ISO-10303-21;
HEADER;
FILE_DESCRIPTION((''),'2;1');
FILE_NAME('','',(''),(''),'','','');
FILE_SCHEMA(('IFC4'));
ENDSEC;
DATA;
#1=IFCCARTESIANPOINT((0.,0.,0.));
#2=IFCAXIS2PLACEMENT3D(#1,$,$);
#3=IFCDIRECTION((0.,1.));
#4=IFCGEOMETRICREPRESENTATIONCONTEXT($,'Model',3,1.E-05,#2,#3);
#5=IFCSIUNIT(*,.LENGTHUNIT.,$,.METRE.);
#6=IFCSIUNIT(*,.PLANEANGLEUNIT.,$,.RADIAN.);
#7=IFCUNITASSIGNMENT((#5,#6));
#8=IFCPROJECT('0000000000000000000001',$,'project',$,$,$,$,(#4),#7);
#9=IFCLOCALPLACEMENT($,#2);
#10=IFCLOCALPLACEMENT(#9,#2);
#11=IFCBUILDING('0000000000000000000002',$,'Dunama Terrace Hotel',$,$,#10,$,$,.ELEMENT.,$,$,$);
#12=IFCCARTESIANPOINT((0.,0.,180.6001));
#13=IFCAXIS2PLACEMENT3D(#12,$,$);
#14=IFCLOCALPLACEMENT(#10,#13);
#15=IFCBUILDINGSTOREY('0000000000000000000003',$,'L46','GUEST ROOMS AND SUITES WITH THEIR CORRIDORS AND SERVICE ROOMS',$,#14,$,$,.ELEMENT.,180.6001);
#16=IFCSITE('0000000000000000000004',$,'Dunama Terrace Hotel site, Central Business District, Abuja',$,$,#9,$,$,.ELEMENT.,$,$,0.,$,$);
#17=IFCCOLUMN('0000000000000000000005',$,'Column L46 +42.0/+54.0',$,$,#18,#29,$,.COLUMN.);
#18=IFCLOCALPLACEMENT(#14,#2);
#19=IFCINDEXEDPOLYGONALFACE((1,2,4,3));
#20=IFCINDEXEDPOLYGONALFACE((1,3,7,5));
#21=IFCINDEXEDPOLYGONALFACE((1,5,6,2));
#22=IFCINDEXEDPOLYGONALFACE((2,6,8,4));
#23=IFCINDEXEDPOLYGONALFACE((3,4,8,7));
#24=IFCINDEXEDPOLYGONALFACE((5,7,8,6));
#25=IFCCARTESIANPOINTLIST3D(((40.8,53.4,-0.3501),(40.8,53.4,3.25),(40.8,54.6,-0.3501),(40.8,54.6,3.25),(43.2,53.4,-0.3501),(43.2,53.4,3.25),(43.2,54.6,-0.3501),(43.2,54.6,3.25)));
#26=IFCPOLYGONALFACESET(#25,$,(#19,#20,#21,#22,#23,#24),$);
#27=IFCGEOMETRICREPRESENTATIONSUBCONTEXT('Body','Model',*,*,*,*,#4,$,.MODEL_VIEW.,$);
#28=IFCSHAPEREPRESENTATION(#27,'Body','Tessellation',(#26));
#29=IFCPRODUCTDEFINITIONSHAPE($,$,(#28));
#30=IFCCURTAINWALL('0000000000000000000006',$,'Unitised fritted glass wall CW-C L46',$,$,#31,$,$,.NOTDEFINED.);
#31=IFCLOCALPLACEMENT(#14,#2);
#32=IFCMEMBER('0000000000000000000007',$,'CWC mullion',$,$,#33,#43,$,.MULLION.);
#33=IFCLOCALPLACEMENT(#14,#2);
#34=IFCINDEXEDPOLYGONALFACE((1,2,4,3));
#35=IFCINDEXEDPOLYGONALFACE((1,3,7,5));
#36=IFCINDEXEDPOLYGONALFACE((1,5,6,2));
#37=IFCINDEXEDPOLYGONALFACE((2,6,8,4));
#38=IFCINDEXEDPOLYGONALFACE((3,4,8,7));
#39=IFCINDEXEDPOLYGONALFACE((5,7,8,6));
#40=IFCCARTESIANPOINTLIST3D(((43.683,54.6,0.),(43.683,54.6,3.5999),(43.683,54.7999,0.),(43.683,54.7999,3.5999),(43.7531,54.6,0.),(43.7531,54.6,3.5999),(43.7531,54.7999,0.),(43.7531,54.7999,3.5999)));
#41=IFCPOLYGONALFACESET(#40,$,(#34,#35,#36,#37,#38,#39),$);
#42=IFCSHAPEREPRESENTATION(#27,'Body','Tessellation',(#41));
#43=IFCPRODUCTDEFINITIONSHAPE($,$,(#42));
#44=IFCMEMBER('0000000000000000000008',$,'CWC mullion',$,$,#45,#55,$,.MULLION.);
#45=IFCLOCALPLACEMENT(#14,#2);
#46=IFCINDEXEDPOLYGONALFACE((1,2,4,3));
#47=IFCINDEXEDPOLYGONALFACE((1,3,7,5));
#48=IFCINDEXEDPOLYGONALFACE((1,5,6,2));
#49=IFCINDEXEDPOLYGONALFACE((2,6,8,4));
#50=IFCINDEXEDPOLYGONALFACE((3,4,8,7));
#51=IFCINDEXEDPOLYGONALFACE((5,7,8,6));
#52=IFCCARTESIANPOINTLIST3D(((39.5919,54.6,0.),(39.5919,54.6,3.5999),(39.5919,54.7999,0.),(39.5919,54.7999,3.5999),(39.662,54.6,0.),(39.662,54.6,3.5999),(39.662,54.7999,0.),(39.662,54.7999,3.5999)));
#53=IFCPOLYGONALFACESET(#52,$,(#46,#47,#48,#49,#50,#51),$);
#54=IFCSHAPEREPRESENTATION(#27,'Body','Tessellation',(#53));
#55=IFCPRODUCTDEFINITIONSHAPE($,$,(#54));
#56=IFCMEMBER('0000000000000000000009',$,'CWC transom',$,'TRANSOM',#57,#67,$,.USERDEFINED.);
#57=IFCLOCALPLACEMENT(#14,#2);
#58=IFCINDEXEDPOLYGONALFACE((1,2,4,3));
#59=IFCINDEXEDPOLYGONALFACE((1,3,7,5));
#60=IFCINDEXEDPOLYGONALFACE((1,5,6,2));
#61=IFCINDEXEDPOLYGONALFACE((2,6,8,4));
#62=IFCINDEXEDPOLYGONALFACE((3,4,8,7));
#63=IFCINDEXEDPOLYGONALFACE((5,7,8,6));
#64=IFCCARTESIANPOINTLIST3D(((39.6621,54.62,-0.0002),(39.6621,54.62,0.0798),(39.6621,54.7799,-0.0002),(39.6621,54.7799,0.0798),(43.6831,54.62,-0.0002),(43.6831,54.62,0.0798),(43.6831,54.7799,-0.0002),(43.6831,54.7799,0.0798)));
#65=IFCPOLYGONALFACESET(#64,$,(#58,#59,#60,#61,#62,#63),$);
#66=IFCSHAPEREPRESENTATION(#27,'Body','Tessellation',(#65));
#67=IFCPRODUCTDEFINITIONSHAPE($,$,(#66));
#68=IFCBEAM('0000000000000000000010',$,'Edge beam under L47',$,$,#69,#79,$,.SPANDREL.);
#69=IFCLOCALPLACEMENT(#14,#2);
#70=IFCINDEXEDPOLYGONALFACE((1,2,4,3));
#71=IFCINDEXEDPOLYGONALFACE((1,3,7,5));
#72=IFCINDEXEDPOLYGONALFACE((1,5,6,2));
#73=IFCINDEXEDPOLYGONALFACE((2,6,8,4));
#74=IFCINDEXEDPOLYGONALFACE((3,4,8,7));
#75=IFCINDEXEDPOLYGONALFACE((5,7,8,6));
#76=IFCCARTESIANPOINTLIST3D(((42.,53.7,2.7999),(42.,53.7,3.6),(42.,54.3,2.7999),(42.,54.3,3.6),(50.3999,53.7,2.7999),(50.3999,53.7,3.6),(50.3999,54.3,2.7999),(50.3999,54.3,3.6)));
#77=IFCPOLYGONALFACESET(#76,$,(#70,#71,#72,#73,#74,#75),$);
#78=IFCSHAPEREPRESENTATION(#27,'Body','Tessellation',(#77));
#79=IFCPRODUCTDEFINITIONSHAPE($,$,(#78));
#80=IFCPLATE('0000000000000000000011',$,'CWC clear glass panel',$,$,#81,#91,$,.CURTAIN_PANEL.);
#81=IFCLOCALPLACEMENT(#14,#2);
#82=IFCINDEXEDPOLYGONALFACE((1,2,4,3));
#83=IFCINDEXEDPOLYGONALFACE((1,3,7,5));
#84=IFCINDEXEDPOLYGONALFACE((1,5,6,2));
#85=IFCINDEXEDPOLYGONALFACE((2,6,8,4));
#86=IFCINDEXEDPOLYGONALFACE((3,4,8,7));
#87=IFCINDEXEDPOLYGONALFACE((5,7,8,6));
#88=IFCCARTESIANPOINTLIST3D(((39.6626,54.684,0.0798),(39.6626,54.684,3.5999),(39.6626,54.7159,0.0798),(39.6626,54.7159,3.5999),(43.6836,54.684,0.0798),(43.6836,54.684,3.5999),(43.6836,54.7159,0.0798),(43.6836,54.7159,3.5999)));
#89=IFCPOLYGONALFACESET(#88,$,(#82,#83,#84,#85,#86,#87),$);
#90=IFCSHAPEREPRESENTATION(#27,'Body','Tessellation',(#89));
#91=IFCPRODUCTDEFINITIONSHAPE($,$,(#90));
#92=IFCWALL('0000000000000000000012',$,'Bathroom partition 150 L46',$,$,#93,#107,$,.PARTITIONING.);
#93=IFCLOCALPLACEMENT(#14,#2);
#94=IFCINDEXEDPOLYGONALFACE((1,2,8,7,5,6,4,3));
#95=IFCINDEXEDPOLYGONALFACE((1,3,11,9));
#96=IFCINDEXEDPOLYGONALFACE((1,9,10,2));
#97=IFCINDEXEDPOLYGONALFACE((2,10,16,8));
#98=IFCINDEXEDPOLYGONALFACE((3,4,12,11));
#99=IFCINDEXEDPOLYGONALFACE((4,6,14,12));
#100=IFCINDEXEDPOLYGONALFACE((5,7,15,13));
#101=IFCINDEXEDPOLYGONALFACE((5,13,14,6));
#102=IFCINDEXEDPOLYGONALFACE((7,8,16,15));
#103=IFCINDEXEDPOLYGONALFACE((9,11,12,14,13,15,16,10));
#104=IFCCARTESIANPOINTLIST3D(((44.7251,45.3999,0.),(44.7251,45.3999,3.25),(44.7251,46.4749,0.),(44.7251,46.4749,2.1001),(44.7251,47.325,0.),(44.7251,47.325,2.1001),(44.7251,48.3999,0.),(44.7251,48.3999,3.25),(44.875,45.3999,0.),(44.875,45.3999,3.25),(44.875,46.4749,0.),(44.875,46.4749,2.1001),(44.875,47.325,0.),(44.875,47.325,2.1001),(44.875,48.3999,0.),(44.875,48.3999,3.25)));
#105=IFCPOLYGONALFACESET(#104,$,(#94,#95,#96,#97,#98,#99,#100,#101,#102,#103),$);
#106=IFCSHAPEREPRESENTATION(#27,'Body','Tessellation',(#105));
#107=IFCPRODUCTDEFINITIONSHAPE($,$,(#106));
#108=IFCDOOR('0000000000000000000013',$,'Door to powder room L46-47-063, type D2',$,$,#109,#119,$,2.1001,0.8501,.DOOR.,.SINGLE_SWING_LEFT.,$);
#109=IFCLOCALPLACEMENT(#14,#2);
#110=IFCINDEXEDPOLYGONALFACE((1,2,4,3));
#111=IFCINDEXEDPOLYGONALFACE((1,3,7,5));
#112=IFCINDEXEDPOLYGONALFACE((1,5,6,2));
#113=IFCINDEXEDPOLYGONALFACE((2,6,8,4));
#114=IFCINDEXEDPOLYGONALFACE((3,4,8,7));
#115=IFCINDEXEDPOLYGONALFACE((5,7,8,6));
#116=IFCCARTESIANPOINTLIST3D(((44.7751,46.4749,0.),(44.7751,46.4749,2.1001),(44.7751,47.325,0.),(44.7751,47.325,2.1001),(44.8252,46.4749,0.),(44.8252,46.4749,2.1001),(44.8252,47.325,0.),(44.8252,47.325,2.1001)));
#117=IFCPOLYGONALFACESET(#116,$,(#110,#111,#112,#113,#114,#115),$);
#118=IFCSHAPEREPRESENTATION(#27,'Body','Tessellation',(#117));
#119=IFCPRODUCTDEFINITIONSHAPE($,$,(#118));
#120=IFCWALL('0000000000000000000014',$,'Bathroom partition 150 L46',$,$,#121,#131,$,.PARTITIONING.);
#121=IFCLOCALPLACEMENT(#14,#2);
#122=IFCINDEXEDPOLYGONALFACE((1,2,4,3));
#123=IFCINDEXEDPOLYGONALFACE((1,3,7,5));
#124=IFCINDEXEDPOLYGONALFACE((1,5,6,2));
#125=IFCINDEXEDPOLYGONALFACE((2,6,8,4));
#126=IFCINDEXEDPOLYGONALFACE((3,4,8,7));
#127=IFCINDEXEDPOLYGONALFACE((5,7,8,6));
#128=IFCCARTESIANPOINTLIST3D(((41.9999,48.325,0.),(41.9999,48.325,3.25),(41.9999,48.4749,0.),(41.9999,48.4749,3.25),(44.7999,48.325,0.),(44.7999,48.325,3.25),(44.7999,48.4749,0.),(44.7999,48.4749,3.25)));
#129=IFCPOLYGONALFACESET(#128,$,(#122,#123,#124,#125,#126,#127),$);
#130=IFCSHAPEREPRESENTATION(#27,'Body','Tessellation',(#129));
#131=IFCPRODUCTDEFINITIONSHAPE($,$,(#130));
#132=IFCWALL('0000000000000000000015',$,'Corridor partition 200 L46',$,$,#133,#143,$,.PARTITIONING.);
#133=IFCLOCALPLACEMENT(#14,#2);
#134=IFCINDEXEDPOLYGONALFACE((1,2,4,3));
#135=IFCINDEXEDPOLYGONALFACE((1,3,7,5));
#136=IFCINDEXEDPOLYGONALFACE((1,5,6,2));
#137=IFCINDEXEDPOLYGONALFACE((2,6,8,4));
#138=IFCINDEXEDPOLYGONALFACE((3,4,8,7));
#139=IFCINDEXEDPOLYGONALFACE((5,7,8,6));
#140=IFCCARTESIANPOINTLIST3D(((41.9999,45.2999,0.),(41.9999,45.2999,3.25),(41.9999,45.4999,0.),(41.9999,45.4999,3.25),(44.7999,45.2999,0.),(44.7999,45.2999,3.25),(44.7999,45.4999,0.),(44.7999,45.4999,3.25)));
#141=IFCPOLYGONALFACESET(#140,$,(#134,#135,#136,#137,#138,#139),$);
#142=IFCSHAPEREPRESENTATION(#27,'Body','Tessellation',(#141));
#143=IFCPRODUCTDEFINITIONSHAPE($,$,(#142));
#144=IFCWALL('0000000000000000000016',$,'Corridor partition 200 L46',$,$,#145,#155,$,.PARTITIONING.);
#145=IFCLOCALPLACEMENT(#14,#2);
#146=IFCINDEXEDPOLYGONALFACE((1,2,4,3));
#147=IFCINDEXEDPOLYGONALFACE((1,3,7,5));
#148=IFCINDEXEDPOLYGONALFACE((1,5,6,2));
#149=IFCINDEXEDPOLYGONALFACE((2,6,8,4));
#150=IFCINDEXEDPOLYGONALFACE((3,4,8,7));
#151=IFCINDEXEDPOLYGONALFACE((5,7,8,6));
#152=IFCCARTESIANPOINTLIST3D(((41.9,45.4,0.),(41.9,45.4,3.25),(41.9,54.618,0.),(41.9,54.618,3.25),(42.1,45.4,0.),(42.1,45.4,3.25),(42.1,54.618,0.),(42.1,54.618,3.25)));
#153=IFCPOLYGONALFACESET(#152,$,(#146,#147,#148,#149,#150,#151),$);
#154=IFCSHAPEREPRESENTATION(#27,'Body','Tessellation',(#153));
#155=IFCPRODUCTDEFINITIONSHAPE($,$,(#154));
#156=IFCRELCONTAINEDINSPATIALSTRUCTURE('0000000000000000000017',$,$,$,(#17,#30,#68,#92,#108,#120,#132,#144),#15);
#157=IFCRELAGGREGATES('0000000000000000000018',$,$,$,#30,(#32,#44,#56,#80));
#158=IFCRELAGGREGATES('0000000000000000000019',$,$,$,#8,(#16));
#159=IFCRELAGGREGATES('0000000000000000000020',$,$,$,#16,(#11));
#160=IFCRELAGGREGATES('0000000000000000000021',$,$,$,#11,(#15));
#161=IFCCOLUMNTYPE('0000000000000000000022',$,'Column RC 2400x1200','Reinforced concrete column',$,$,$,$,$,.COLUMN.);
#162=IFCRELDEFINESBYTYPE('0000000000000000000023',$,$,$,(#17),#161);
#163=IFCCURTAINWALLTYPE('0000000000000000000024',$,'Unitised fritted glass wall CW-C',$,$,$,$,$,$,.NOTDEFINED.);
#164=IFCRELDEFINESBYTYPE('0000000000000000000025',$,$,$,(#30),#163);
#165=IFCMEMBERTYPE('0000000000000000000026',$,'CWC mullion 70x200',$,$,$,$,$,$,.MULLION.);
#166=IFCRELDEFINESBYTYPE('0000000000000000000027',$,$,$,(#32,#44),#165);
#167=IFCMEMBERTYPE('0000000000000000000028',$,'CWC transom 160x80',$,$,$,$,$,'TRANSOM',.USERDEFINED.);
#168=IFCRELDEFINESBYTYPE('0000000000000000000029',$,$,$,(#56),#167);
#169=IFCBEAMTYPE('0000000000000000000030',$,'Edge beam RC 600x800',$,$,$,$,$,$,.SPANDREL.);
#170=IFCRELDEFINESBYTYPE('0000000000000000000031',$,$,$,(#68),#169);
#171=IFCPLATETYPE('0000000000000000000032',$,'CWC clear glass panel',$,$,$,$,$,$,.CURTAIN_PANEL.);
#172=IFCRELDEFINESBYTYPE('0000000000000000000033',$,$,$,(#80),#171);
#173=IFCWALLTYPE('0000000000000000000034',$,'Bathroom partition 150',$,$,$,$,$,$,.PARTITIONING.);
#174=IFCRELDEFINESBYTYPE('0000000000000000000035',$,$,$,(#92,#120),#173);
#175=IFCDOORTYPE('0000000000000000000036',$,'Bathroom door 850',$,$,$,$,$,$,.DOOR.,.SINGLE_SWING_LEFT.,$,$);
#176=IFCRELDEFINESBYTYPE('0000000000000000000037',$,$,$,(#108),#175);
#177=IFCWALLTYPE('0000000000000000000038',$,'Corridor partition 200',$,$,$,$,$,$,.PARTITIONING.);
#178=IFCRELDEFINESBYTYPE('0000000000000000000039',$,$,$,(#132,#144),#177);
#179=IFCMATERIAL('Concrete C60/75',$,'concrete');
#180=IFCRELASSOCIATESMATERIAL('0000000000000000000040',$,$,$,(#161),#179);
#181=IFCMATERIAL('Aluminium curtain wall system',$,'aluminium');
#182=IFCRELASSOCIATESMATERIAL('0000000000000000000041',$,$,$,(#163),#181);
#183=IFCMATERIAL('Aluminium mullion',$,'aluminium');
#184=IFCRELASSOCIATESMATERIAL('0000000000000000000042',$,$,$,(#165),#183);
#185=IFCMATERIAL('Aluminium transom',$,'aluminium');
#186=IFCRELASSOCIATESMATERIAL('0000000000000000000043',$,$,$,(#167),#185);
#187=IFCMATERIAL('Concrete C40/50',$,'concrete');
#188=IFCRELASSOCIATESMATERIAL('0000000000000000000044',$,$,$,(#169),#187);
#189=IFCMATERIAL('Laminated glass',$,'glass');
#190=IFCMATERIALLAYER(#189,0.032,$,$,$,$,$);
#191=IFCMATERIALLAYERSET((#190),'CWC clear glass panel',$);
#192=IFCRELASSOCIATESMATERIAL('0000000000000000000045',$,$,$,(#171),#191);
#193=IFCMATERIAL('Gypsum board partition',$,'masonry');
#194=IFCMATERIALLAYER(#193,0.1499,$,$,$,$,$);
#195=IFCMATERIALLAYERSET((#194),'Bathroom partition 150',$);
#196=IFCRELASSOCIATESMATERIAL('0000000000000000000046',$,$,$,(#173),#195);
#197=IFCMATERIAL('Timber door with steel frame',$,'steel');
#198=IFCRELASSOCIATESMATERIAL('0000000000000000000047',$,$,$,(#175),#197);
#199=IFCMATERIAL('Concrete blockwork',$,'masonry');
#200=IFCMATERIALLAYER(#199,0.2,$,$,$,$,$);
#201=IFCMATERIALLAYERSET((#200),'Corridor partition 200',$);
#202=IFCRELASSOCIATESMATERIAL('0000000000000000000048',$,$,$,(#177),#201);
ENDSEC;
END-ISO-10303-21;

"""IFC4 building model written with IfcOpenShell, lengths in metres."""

from ifc_helpers import new_model, si_unit, direction, frame, frame_2d, origin, origin_2d, place, context, subcontext, project, spatial, rectangle, extrude, material, layer, layer_set, material_profile, profile_set, type_object, element, fill, aggregate, save


model = new_model("IFC4")

# Units and contexts
model_context = context("Model", 3, precision=1e-05, world=origin(), true_north=direction((0.0, 1.0)))
body_context = subcontext(model_context, "Body", "Model", "MODEL_VIEW")
ifc_project = project(units=[si_unit("LENGTHUNIT", "METRE"), si_unit("PLANEANGLEUNIT", "RADIAN")], contexts=[model_context])

# Site, building, storey
site_placement = place(None, origin())
site = spatial("IfcSite", under=ifc_project, at=site_placement, Name="Dunama Terrace Hotel site, Central Business District, Abuja", CompositionType="ELEMENT", RefElevation=0.0)
building_placement = place(site_placement, origin())
building = spatial("IfcBuilding", under=site, at=building_placement, Name="Dunama Terrace Hotel", CompositionType="ELEMENT")
storey_placement = place(building_placement, frame((0.0, 0.0, 180.6001)))
storey = spatial("IfcBuildingStorey", under=building, at=storey_placement, Name="L46", Description="GUEST ROOMS AND SUITES WITH THEIR CORRIDORS AND SERVICE ROOMS", CompositionType="ELEMENT", Elevation=180.6001)

# Column
ifc_material_1 = material(Name="Concrete C60/75", Category="concrete")
ifc_material_profile_1 = material_profile(ifc_material_1, rectangle(XDim=2.3999, YDim=1.2, at=origin_2d()), Name="RC 2400x1200")
ifc_profile_set_1 = profile_set([ifc_material_profile_1], Name="Concrete C60/75")
column_type = type_object("IfcColumnType", Name="Column RC 2400x1200", Description="Reinforced concrete column", PredefinedType="COLUMN", material=ifc_profile_set_1)
column_placement = place(storey_placement, frame((42.0, 54.0, -0.3501), z_axis=(0.0, 0.0, 1.0), x_axis=(1.0, 0.0, 0.0)))
element("IfcColumn", 1, at=column_placement, inside=storey, type_object=column_type, Name="Column L46 +42.0/+54.0", PredefinedType="COLUMN", context=body_context, shape_type="SweptSolid", body=[
    extrude(rectangle(XDim=2.3999, YDim=1.2, at=origin_2d()), origin(), (0.0, 0.0, 1.0), 3.6001),
])

# Curtain wall, members
ifc_material_2 = material(Name="Aluminium curtain wall system", Category="aluminium")
curtain_wall_type = type_object("IfcCurtainWallType", Name="Unitised fritted glass wall CW-C", PredefinedType="NOTDEFINED", material=ifc_material_2)
curtain_wall_placement = place(storey_placement, origin())
curtain_wall = element("IfcCurtainWall", 2, at=curtain_wall_placement, inside=storey, type_object=curtain_wall_type, Name="Unitised fritted glass wall CW-C L46", PredefinedType="NOTDEFINED")
ifc_material_3 = material(Name="Aluminium mullion", Category="aluminium")
ifc_material_profile_2 = material_profile(ifc_material_3, rectangle(XDim=0.0701, YDim=0.2, at=origin_2d()), Name="CWC MULLION 70X200")
ifc_profile_set_2 = profile_set([ifc_material_profile_2], Name="Aluminium mullion")
member_type_1 = type_object("IfcMemberType", Name="CWC mullion 70x200", PredefinedType="MULLION", material=ifc_profile_set_2)
member_1_placement = place(storey_placement, frame((43.718, 54.7, 0.0), z_axis=(0.0, 0.0, 1.0), x_axis=(-1.0, 0.0, 0.0)))
member_1 = element("IfcMember", 3, at=member_1_placement, type_object=member_type_1, Name="CWC mullion", PredefinedType="MULLION", context=body_context, shape_type="SweptSolid", body=[
    extrude(rectangle(XDim=0.0701, YDim=0.2, at=origin_2d()), origin(), (0.0, 0.0, 1.0), 3.5999),
])
member_2_placement = place(storey_placement, frame((39.627, 54.7, 0.0), z_axis=(0.0, 0.0, 1.0), x_axis=(-1.0, 0.0, 0.0)))
member_2 = element("IfcMember", 4, at=member_2_placement, type_object=member_type_1, Name="CWC mullion", PredefinedType="MULLION", context=body_context, shape_type="SweptSolid", body=[
    extrude(rectangle(XDim=0.0701, YDim=0.2, at=origin_2d()), origin(), (0.0, 0.0, 1.0), 3.5999),
])
ifc_material_4 = material(Name="Aluminium transom", Category="aluminium")
ifc_material_profile_3 = material_profile(ifc_material_4, rectangle(XDim=0.1599, YDim=0.0801, at=origin_2d()), Name="CWC TRANSOM 160X80")
ifc_profile_set_3 = profile_set([ifc_material_profile_3], Name="Aluminium transom")
member_type_2 = type_object("IfcMemberType", Name="CWC transom 160x80", ElementType="TRANSOM", PredefinedType="USERDEFINED", material=ifc_profile_set_3)
member_3_placement = place(storey_placement, frame((43.6831, 54.7, 0.0398), z_axis=(-1.0, 0.0, 0.0), x_axis=(0.0, -1.0, 0.0)))
member_3 = element("IfcMember", 5, at=member_3_placement, type_object=member_type_2, Name="CWC transom", ObjectType="TRANSOM", PredefinedType="USERDEFINED", context=body_context, shape_type="SweptSolid", body=[
    extrude(rectangle(XDim=0.1599, YDim=0.0801, at=origin_2d()), origin(), (0.0, 0.0, 1.0), 4.021),
])

# Beam
ifc_material_5 = material(Name="Concrete C40/50", Category="concrete")
ifc_material_profile_4 = material_profile(ifc_material_5, rectangle(XDim=0.6001, YDim=0.8, at=origin_2d()), Name="RC 600x800")
ifc_profile_set_4 = profile_set([ifc_material_profile_4], Name="Concrete C40/50")
beam_type = type_object("IfcBeamType", Name="Edge beam RC 600x800", PredefinedType="SPANDREL", material=ifc_profile_set_4)
beam_placement = place(storey_placement, frame((42.0, 54.0, 3.2), z_axis=(1.0, 0.0, 0.0), x_axis=(0.0, 1.0, 0.0)))
element("IfcBeam", 6, at=beam_placement, inside=storey, type_object=beam_type, Name="Edge beam under L47", PredefinedType="SPANDREL", context=body_context, shape_type="SweptSolid", body=[
    extrude(rectangle(XDim=0.6001, YDim=0.8, at=origin_2d()), origin(), (0.0, 0.0, 1.0), 8.3999),
])

# Plate
ifc_material_6 = material(Name="Laminated glass", Category="glass")
ifc_layer_1 = layer(ifc_material_6, 0.032)
ifc_layer_set_1 = layer_set([ifc_layer_1], Name="CWC clear glass panel")
plate_type = type_object("IfcPlateType", Name="CWC clear glass panel", PredefinedType="CURTAIN_PANEL", material=ifc_layer_set_1)
plate_placement = place(storey_placement, frame((41.6731, 54.7, 0.0798), z_axis=(0.0, 0.0, 1.0), x_axis=(-1.0, 0.0, 0.0)))
plate = element("IfcPlate", 7, at=plate_placement, type_object=plate_type, Name="CWC clear glass panel", PredefinedType="CURTAIN_PANEL", context=body_context, shape_type="SweptSolid", body=[
    extrude(rectangle(XDim=4.021, YDim=0.032, at=origin_2d()), origin(), (0.0, 0.0, 1.0), 3.52),
])
aggregate(curtain_wall, [member_1, member_2, member_3, plate])

# Wall, opening, door
ifc_material_7 = material(Name="Gypsum board partition", Category="masonry")
ifc_layer_2 = layer(ifc_material_7, 0.1499)
ifc_layer_set_2 = layer_set([ifc_layer_2], Name="Bathroom partition 150")
wall_type_1 = type_object("IfcWallType", Name="Bathroom partition 150", PredefinedType="PARTITIONING", material=ifc_layer_set_2)
wall_1_placement = place(storey_placement, frame((44.8, 45.3999, 0.0), z_axis=(0.0, 0.0, 1.0), x_axis=(0.0, 1.0, 0.0)))
wall_1 = element("IfcWall", 8, at=wall_1_placement, inside=storey, type_object=wall_type_1, Name="Bathroom partition 150 L46", PredefinedType="PARTITIONING", context=body_context, shape_type="SweptSolid", body=[
    extrude(rectangle(XDim=3.0, YDim=0.1499, at=frame_2d((1.5, 0.0))), origin(), (0.0, 0.0, 1.0), 3.25),
])
opening_1_placement = place(wall_1_placement, frame((1.075, 0.0, 0.0)))
opening_1 = element("IfcOpeningElement", 9, at=opening_1_placement, cuts=wall_1, PredefinedType="OPENING", context=body_context, shape_type="SweptSolid", body=[
    extrude(rectangle(XDim=0.8501, YDim=2.1001, at=frame_2d((0.425, 1.05))), frame((0.0, 0.085, 0.0), z_axis=(0.0, -1.0, 0.0), x_axis=(1.0, 0.0, 0.0)), (0.0, 0.0, 1.0), 0.1699),
])
ifc_material_8 = material(Name="Timber door with steel frame", Category="steel")
door_type_1 = type_object("IfcDoorType", Name="Bathroom door 850", OperationType="SINGLE_SWING_LEFT", PredefinedType="DOOR", material=ifc_material_8)
door_1_placement = place(opening_1_placement, origin())
door_1 = element("IfcDoor", 10, at=door_1_placement, inside=storey, type_object=door_type_1, Name="Door to powder room L46-47-063, type D2", OperationType="SINGLE_SWING_LEFT", OverallHeight=2.1001, OverallWidth=0.8501, PredefinedType="DOOR", context=body_context, shape_type="SweptSolid", body=[
    extrude(rectangle(XDim=0.8501, YDim=2.1001, at=frame_2d((0.425, 1.05))), frame((0.0, 0.0249, 0.0), z_axis=(0.0, -1.0, 0.0), x_axis=(1.0, 0.0, 0.0)), (0.0, 0.0, 1.0), 0.05),
])
fill(opening_1, door_1)

# Walls
wall_2_placement = place(storey_placement, frame((42.0, 48.3999, 0.0), z_axis=(0.0, 0.0, 1.0), x_axis=(1.0, 0.0, 0.0)))
element("IfcWall", 11, at=wall_2_placement, inside=storey, type_object=wall_type_1, Name="Bathroom partition 150 L46", PredefinedType="PARTITIONING", context=body_context, shape_type="SweptSolid", body=[
    extrude(rectangle(XDim=2.8, YDim=0.1499, at=frame_2d((1.3999, 0.0))), origin(), (0.0, 0.0, 1.0), 3.25),
])
ifc_material_9 = material(Name="Concrete blockwork", Category="masonry")
ifc_layer_3 = layer(ifc_material_9, 0.2)
ifc_layer_set_3 = layer_set([ifc_layer_3], Name="Corridor partition 200")
wall_type_2 = type_object("IfcWallType", Name="Corridor partition 200", PredefinedType="PARTITIONING", material=ifc_layer_set_3)
wall_3_placement = place(storey_placement, frame((42.0, 45.3999, 0.0), z_axis=(0.0, 0.0, 1.0), x_axis=(1.0, 0.0, 0.0)))
element("IfcWall", 12, at=wall_3_placement, inside=storey, type_object=wall_type_2, Name="Corridor partition 200 L46", PredefinedType="PARTITIONING", context=body_context, shape_type="SweptSolid", body=[
    extrude(rectangle(XDim=2.8, YDim=0.2, at=frame_2d((1.3999, 0.0))), origin(), (0.0, 0.0, 1.0), 3.25),
])
wall_4_placement = place(storey_placement, frame((42.0, 54.6179, 0.0), z_axis=(0.0, 0.0, 1.0), x_axis=(0.0, -1.0, 0.0)))
element("IfcWall", 13, at=wall_4_placement, inside=storey, type_object=wall_type_2, Name="Corridor partition 200 L46", PredefinedType="PARTITIONING", context=body_context, shape_type="SweptSolid", body=[
    extrude(rectangle(XDim=9.218, YDim=0.2, at=frame_2d((4.6089, 0.0))), origin(), (0.0, 0.0, 1.0), 3.25),
])

save(model, "model.ifc")
